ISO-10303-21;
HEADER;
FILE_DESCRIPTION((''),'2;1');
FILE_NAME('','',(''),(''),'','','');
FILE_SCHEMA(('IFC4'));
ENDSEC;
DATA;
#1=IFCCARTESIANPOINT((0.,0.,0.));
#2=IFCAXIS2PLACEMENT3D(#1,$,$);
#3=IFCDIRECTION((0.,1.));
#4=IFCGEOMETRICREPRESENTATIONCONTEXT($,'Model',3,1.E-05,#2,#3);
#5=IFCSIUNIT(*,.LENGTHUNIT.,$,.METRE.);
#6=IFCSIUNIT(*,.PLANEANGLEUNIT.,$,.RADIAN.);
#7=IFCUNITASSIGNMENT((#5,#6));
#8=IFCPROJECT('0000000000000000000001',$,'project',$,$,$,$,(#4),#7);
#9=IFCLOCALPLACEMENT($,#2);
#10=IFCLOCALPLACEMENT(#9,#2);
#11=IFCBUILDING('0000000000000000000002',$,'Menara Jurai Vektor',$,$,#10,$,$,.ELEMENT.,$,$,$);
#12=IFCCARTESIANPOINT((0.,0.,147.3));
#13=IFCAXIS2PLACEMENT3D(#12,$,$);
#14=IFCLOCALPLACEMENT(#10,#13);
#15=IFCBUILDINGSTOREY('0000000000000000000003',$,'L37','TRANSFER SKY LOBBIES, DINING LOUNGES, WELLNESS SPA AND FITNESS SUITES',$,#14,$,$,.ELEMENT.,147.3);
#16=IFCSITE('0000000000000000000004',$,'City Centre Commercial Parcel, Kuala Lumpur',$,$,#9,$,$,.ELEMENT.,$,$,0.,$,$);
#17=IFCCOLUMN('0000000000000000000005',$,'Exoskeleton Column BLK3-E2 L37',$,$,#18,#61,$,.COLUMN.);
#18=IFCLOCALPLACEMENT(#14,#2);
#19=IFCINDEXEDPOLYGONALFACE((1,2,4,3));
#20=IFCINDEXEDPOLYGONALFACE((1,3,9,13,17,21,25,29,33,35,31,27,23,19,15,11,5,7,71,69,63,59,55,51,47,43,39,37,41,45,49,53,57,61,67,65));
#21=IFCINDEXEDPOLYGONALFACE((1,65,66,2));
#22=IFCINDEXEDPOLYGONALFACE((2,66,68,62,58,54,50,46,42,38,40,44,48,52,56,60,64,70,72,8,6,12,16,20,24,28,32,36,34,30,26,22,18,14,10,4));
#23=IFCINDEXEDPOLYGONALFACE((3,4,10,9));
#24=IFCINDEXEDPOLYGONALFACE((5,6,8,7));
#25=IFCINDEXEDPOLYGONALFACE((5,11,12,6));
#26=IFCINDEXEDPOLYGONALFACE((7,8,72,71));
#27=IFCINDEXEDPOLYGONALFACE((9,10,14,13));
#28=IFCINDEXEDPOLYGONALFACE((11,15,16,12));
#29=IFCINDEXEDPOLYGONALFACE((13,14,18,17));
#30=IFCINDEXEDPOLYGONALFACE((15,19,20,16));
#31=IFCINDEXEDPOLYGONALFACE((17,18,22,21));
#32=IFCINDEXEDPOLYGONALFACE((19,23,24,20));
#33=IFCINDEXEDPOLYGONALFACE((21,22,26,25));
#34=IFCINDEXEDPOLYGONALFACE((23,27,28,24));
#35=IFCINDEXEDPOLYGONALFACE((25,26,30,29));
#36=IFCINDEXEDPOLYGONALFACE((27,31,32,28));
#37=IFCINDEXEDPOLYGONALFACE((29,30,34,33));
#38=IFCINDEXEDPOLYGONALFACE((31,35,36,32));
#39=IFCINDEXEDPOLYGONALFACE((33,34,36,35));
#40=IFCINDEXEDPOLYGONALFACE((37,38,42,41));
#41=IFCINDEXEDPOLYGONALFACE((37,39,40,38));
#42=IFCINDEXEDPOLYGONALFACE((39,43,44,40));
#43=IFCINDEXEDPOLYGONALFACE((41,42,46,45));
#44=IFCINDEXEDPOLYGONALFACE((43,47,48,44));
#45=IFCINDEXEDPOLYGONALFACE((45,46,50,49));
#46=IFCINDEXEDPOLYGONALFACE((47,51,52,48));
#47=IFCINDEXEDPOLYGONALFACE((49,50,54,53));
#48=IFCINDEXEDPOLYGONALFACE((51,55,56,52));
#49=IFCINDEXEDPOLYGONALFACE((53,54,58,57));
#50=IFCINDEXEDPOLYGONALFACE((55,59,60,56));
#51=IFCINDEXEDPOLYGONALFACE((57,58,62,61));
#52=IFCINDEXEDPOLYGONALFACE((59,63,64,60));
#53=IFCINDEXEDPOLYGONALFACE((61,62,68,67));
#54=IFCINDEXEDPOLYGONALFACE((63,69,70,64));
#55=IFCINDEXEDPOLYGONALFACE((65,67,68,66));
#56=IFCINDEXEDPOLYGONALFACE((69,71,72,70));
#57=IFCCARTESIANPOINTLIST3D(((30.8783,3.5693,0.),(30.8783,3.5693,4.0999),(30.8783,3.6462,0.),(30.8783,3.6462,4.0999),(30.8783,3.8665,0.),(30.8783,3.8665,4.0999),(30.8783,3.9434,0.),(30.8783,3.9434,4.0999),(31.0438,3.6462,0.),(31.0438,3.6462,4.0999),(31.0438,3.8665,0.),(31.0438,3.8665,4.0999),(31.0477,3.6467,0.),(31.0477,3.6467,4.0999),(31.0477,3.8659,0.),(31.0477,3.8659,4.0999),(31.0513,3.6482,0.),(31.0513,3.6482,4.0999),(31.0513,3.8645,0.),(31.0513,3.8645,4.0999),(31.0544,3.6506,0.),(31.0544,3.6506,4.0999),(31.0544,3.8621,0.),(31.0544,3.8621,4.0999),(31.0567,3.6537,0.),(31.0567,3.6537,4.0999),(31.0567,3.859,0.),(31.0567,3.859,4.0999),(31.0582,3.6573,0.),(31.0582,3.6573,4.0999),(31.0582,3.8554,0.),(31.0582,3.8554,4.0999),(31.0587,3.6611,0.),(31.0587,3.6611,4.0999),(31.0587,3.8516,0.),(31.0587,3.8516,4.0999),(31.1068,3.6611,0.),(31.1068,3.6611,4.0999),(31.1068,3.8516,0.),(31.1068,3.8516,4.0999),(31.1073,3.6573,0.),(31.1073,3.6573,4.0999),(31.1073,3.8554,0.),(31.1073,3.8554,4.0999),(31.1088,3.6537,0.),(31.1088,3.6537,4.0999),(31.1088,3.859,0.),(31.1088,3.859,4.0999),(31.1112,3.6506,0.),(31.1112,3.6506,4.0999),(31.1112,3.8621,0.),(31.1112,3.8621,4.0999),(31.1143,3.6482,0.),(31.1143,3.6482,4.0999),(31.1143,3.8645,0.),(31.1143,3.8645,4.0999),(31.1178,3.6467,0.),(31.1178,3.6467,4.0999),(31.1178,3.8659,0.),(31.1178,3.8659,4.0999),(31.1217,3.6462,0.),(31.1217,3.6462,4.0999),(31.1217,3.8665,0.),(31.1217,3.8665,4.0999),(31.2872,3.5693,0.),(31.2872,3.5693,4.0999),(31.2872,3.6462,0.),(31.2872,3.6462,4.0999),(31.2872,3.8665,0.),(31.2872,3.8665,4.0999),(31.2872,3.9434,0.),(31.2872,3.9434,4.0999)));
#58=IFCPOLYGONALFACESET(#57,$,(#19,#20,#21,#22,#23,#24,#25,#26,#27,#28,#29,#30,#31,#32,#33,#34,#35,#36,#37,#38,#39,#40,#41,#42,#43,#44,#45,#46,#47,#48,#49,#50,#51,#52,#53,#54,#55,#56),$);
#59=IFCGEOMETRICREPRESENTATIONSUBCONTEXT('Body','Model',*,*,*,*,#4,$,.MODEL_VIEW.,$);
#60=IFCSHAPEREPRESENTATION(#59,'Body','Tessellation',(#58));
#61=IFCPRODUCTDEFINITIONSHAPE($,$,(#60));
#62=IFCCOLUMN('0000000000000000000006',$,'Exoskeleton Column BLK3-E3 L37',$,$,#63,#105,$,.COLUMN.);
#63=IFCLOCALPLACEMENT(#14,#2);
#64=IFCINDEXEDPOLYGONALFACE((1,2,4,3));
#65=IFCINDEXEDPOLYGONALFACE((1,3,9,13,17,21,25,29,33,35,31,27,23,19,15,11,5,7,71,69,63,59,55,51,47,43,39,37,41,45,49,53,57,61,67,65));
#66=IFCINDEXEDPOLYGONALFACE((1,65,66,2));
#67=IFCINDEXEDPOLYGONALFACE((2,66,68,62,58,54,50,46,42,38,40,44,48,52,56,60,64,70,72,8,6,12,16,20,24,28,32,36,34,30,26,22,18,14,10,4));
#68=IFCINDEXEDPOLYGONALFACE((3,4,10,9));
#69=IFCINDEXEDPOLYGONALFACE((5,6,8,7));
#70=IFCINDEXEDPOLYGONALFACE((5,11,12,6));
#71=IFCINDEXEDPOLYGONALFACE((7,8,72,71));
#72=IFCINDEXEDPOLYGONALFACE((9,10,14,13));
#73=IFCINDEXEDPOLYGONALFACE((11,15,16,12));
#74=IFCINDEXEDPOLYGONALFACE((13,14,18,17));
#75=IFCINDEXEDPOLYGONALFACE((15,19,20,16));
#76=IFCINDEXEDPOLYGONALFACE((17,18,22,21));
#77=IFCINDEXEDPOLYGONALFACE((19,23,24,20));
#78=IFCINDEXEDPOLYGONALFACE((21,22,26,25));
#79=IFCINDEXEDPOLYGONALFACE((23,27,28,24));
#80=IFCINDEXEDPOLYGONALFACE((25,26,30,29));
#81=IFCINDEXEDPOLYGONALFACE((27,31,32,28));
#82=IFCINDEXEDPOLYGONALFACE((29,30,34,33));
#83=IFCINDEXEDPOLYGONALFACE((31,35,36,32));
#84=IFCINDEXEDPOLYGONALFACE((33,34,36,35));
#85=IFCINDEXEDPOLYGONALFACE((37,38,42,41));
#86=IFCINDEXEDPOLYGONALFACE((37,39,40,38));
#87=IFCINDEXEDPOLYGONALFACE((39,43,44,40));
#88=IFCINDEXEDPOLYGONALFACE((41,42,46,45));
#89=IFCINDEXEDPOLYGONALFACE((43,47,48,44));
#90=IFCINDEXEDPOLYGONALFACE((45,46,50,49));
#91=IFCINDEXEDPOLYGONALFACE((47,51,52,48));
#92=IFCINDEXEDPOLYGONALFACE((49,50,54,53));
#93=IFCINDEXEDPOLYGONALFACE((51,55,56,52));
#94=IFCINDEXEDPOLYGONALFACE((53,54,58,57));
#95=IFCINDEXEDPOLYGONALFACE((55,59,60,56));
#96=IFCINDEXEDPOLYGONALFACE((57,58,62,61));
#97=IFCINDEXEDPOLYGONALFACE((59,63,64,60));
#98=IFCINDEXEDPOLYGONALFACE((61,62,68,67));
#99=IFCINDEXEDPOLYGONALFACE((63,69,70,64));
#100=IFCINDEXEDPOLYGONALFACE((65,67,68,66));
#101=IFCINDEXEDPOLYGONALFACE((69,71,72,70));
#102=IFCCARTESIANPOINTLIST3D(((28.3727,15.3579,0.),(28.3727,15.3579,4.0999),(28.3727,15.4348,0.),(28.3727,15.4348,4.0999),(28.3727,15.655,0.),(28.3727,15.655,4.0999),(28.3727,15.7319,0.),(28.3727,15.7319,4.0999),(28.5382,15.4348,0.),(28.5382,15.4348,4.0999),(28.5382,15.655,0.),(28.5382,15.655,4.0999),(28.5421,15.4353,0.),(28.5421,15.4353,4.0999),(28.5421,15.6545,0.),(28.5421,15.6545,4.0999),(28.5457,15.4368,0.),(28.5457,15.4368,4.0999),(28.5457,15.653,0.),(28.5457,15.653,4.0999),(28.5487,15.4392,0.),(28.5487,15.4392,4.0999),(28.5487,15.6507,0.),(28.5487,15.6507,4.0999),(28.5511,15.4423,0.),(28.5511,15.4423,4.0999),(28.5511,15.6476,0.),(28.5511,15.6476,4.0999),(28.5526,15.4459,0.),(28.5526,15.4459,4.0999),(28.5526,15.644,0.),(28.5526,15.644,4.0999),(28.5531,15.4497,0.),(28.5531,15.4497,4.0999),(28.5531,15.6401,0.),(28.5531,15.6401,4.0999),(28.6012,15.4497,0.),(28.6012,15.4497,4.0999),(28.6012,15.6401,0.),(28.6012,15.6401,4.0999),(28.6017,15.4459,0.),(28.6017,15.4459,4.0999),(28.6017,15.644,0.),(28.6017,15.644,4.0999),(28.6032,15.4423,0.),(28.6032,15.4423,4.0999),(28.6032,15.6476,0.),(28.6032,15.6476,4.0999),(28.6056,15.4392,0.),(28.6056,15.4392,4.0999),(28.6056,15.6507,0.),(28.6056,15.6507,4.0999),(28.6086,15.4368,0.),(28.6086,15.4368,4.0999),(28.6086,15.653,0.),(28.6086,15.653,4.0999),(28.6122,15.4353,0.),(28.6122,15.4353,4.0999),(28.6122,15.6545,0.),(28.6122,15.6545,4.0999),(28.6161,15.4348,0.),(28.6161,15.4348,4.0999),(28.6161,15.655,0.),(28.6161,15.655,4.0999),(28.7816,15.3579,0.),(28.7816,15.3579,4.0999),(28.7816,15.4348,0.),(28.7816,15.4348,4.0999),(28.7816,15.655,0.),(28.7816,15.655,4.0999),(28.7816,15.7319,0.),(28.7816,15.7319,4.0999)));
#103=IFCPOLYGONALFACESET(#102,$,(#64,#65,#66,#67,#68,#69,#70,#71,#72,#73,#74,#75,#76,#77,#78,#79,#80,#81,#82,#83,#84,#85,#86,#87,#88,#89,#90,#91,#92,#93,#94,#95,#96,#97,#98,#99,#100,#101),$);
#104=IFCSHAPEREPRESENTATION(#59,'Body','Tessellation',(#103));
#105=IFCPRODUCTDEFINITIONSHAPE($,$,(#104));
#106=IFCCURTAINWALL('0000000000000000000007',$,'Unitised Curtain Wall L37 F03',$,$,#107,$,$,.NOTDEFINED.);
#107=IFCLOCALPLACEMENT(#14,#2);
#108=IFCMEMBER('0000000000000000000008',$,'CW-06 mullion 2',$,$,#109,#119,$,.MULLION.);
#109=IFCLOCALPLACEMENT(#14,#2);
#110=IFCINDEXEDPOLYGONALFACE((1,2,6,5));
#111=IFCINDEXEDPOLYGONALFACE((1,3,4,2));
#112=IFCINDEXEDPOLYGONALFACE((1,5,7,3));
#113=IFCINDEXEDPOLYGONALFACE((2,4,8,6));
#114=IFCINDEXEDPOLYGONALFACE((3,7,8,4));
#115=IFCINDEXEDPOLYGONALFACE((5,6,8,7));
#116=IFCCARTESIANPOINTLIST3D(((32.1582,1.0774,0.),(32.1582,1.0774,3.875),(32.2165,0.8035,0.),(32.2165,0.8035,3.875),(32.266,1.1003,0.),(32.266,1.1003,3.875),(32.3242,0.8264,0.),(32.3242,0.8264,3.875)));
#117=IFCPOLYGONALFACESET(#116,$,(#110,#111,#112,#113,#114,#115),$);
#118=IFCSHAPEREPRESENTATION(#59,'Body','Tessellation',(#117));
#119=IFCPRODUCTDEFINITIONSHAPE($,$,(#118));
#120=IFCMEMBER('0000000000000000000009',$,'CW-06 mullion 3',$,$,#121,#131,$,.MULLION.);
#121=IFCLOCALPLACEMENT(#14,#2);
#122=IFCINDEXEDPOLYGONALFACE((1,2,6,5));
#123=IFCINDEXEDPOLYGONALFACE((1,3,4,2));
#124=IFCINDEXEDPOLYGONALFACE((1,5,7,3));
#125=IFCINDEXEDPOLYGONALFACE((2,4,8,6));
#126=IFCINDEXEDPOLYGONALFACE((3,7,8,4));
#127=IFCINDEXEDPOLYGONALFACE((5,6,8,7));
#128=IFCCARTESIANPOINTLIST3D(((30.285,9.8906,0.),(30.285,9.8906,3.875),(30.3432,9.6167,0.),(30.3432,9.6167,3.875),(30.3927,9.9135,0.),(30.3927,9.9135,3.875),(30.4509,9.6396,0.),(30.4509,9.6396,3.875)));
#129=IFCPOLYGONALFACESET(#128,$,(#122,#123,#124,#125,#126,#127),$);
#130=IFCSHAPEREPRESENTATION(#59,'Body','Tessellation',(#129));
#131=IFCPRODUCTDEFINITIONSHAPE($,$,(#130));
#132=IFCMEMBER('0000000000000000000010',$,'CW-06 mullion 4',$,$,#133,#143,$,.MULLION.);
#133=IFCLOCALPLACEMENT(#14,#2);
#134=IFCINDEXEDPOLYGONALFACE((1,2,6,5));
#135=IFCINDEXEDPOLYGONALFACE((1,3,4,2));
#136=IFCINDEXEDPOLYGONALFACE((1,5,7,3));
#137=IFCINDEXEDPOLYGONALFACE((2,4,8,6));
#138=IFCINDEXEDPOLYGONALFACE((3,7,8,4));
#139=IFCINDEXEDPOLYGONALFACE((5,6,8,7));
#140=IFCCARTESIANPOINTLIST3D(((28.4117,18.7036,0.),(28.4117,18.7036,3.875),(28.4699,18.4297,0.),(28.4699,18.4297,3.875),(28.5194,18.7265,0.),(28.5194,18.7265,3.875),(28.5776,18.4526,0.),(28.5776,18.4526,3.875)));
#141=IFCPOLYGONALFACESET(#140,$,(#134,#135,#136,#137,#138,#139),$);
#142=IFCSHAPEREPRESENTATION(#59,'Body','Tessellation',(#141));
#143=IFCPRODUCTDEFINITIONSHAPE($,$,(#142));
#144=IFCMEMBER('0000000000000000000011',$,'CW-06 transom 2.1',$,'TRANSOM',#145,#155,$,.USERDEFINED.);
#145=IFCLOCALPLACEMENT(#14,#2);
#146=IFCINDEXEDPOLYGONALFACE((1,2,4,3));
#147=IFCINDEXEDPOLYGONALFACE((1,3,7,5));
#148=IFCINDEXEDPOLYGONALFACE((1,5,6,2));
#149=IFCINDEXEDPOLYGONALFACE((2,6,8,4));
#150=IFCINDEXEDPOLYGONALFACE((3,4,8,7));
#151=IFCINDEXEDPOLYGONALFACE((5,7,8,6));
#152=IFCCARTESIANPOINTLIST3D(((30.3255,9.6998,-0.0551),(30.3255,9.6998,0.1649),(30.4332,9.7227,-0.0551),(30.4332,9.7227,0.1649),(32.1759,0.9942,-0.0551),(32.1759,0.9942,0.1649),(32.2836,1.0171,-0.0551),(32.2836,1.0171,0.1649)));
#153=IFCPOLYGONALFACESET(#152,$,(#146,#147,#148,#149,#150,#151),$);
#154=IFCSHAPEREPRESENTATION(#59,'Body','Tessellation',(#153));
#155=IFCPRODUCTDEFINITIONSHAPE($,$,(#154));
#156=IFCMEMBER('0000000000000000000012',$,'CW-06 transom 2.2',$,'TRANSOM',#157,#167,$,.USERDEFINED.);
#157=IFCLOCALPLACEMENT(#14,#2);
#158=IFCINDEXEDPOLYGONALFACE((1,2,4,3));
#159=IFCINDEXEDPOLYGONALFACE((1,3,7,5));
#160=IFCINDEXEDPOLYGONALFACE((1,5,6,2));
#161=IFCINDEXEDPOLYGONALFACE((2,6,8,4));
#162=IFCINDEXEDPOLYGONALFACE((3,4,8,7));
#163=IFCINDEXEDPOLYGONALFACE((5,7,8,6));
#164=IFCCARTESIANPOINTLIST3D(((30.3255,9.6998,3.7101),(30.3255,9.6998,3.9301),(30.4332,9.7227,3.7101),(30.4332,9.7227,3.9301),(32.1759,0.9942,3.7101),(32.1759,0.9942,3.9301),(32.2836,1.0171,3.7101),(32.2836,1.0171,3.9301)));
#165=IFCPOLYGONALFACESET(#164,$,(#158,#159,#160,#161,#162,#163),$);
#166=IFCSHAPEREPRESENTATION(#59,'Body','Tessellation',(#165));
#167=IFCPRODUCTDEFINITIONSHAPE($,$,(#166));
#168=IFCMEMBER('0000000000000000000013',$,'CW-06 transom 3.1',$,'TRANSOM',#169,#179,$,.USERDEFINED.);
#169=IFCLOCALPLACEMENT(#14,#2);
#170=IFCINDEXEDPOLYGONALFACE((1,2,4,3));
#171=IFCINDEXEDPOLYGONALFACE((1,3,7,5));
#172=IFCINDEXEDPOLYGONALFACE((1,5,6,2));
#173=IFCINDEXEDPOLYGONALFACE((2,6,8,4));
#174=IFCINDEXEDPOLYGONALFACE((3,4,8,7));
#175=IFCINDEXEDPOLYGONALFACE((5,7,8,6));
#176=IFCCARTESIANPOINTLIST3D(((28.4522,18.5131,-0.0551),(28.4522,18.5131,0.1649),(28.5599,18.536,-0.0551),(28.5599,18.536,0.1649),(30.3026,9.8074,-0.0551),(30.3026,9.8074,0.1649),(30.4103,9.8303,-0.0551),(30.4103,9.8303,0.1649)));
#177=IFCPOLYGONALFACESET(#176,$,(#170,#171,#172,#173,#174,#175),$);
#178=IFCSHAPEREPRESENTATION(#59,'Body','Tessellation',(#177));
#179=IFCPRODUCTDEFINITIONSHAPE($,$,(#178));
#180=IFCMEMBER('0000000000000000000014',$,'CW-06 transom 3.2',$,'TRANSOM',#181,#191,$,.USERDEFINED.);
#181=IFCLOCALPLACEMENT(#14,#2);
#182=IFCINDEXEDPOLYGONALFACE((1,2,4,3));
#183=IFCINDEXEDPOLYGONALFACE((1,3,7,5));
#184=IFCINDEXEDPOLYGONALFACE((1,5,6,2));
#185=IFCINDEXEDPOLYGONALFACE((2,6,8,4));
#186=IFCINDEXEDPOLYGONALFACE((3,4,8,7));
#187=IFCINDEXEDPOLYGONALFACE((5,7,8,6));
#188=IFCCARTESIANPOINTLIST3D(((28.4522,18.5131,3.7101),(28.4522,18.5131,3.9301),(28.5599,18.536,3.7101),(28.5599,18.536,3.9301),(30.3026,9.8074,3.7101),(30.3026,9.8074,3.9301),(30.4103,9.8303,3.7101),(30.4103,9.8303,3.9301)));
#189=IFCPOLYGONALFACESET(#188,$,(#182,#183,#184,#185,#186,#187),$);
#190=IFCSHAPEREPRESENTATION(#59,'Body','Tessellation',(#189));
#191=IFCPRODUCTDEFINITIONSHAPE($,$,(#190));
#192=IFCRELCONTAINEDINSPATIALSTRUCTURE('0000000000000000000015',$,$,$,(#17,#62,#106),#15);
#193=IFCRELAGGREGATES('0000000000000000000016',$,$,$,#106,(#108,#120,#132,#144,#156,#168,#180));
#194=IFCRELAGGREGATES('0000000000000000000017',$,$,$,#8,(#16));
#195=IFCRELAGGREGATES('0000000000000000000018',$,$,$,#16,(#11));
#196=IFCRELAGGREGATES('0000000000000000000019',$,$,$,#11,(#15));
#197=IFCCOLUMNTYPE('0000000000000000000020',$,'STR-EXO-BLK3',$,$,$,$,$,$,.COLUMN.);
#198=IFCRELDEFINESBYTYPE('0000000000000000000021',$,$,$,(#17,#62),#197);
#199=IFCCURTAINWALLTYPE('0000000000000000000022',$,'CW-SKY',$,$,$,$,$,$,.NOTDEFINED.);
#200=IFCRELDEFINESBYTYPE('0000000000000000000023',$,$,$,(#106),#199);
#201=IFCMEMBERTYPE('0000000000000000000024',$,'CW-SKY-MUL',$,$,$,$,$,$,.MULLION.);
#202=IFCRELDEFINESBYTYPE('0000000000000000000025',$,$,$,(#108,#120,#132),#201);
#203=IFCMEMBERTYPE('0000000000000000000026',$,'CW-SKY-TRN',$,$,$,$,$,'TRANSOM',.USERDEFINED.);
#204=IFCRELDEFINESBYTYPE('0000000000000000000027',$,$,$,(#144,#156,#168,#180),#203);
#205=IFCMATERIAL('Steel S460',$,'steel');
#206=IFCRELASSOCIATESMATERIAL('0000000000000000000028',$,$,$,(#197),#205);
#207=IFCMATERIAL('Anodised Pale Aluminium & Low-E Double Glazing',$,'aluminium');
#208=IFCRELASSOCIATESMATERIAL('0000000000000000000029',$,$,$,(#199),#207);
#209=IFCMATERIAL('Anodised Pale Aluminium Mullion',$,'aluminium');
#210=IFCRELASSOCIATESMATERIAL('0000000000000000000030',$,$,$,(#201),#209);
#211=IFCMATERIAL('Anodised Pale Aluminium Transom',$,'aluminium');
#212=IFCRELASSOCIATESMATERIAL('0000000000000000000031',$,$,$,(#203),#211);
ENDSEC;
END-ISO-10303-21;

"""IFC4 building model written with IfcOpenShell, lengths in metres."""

from ifc_helpers import new_model, si_unit, direction, frame, origin, origin_2d, place, context, subcontext, project, spatial, rectangle, i_section, extrude, material, material_profile, profile_set, type_object, element, aggregate, save


model = new_model("IFC4")

# Units and contexts
model_context = context("Model", 3, precision=1e-05, world=origin(), true_north=direction((0.0, 1.0)))
body_context = subcontext(model_context, "Body", "Model", "MODEL_VIEW")
ifc_project = project(units=[si_unit("LENGTHUNIT", "METRE"), si_unit("PLANEANGLEUNIT", "RADIAN")], contexts=[model_context])

# Site, building, storey
site_placement = place(None, origin())
site = spatial("IfcSite", under=ifc_project, at=site_placement, Name="City Centre Commercial Parcel, Kuala Lumpur", CompositionType="ELEMENT", RefElevation=0.0)
building_placement = place(site_placement, origin())
building = spatial("IfcBuilding", under=site, at=building_placement, Name="Menara Jurai Vektor", CompositionType="ELEMENT")
storey_placement = place(building_placement, frame((0.0, 0.0, 147.3)))
storey = spatial("IfcBuildingStorey", under=building, at=storey_placement, Name="L37", Description="TRANSFER SKY LOBBIES, DINING LOUNGES, WELLNESS SPA AND FITNESS SUITES", CompositionType="ELEMENT", Elevation=147.3)

# Columns
ifc_material_1 = material(Name="Steel S460", Category="steel")
ifc_material_profile_1 = material_profile(ifc_material_1, i_section(OverallWidth=0.4089, OverallDepth=0.374, WebThickness=0.0481, FlangeThickness=0.0769, FilletRadius=0.0149, at=origin_2d()), Name="HD 400x634")
ifc_profile_set_1 = profile_set([ifc_material_profile_1], Name="Steel S460")
column_type = type_object("IfcColumnType", Name="STR-EXO-BLK3", PredefinedType="COLUMN", material=ifc_profile_set_1)
for number, where, z_axis, x_axis, name in (
    (1, (31.0828, 3.7563, 0.0), (0.0, 0.0, 1.0), (1.0, 0.0, 0.0), "Exoskeleton Column BLK3-E2 L37"),
    (2, (28.5771, 15.5449, 0.0), (0.0, 0.0, 1.0), (1.0, 0.0, 0.0), "Exoskeleton Column BLK3-E3 L37"),
):
    element("IfcColumn", number, at=place(storey_placement, frame(where, z_axis=z_axis, x_axis=x_axis)), inside=storey, type_object=column_type, Name=name, PredefinedType="COLUMN", context=body_context, shape_type="SweptSolid", body=[
        extrude(i_section(OverallWidth=0.4089, OverallDepth=0.374, WebThickness=0.0481, FlangeThickness=0.0769, FilletRadius=0.0149, at=origin_2d()), origin(), (0.0, 0.0, 1.0), 4.0999),
    ])

# Curtain wall, members
ifc_material_2 = material(Name="Anodised Pale Aluminium & Low-E Double Glazing", Category="aluminium")
curtain_wall_type = type_object("IfcCurtainWallType", Name="CW-SKY", PredefinedType="NOTDEFINED", material=ifc_material_2)
curtain_wall_placement = place(storey_placement, origin())
curtain_wall = element("IfcCurtainWall", 3, at=curtain_wall_placement, inside=storey, type_object=curtain_wall_type, Name="Unitised Curtain Wall L37 F03", PredefinedType="NOTDEFINED")
ifc_material_3 = material(Name="Anodised Pale Aluminium Mullion", Category="aluminium")
ifc_material_profile_2 = material_profile(ifc_material_3, rectangle(XDim=0.1101, YDim=0.28, at=origin_2d()), Name="ALU MUL 110x280")
ifc_profile_set_2 = profile_set([ifc_material_profile_2], Name="Anodised Pale Aluminium Mullion")
member_type_1 = type_object("IfcMemberType", Name="CW-SKY-MUL", PredefinedType="MULLION", material=ifc_profile_set_2)
member_1_placement = place(storey_placement, frame((32.2412, 0.9519, 0.0), z_axis=(0.0, 0.0, 1.0), x_axis=(-0.978148, -0.20791, 0.0)))
member_1 = element("IfcMember", 4, at=member_1_placement, type_object=member_type_1, Name="CW-06 mullion 2", PredefinedType="MULLION", context=body_context, shape_type="SweptSolid", body=[
    extrude(rectangle(XDim=0.1101, YDim=0.28, at=origin_2d()), origin(), (0.0, 0.0, 1.0), 3.875),
])
member_2_placement = place(storey_placement, frame((30.3679, 9.7651, 0.0), z_axis=(0.0, 0.0, 1.0), x_axis=(-0.978148, -0.20791, 0.0)))
member_2 = element("IfcMember", 5, at=member_2_placement, type_object=member_type_1, Name="CW-06 mullion 3", PredefinedType="MULLION", context=body_context, shape_type="SweptSolid", body=[
    extrude(rectangle(XDim=0.1101, YDim=0.28, at=origin_2d()), origin(), (0.0, 0.0, 1.0), 3.875),
])
member_3_placement = place(storey_placement, frame((28.4946, 18.5781, 0.0), z_axis=(0.0, 0.0, 1.0), x_axis=(-0.978148, -0.20791, 0.0)))
member_3 = element("IfcMember", 6, at=member_3_placement, type_object=member_type_1, Name="CW-06 mullion 4", PredefinedType="MULLION", context=body_context, shape_type="SweptSolid", body=[
    extrude(rectangle(XDim=0.1101, YDim=0.28, at=origin_2d()), origin(), (0.0, 0.0, 1.0), 3.875),
])
ifc_material_4 = material(Name="Anodised Pale Aluminium Transom", Category="aluminium")
ifc_material_profile_3 = material_profile(ifc_material_4, rectangle(XDim=0.1101, YDim=0.22, at=origin_2d()), Name="ALU TRN 110x220")
ifc_profile_set_3 = profile_set([ifc_material_profile_3], Name="Anodised Pale Aluminium Transom")
member_type_2 = type_object("IfcMemberType", Name="CW-SKY-TRN", ElementType="TRANSOM", PredefinedType="USERDEFINED", material=ifc_profile_set_3)
member_4_placement = place(storey_placement, frame((32.2297, 1.0056, 0.0549), z_axis=(-0.207903, 0.97815, 0.0), x_axis=(-0.97815, -0.207903, 0.0)))
member_4 = element("IfcMember", 7, at=member_4_placement, type_object=member_type_2, Name="CW-06 transom 2.1", ObjectType="TRANSOM", PredefinedType="USERDEFINED", context=body_context, shape_type="SweptSolid", body=[
    extrude(rectangle(XDim=0.1101, YDim=0.22, at=origin_2d()), origin(), (0.0, 0.0, 1.0), 8.9001),
])
member_5_placement = place(storey_placement, frame((32.2297, 1.0056, 3.8201), z_axis=(-0.207903, 0.97815, 0.0), x_axis=(-0.97815, -0.207903, 0.0)))
member_5 = element("IfcMember", 8, at=member_5_placement, type_object=member_type_2, Name="CW-06 transom 2.2", ObjectType="TRANSOM", PredefinedType="USERDEFINED", context=body_context, shape_type="SweptSolid", body=[
    extrude(rectangle(XDim=0.1101, YDim=0.22, at=origin_2d()), origin(), (0.0, 0.0, 1.0), 8.9001),
])
member_6_placement = place(storey_placement, frame((30.3564, 9.8188, 0.0549), z_axis=(-0.207903, 0.97815, 0.0), x_axis=(-0.97815, -0.207903, 0.0)))
member_6 = element("IfcMember", 9, at=member_6_placement, type_object=member_type_2, Name="CW-06 transom 3.1", ObjectType="TRANSOM", PredefinedType="USERDEFINED", context=body_context, shape_type="SweptSolid", body=[
    extrude(rectangle(XDim=0.1101, YDim=0.22, at=origin_2d()), origin(), (0.0, 0.0, 1.0), 8.9001),
])
member_7_placement = place(storey_placement, frame((30.3564, 9.8188, 3.8201), z_axis=(-0.207903, 0.97815, 0.0), x_axis=(-0.97815, -0.207903, 0.0)))
member_7 = element("IfcMember", 10, at=member_7_placement, type_object=member_type_2, Name="CW-06 transom 3.2", ObjectType="TRANSOM", PredefinedType="USERDEFINED", context=body_context, shape_type="SweptSolid", body=[
    extrude(rectangle(XDim=0.1101, YDim=0.22, at=origin_2d()), origin(), (0.0, 0.0, 1.0), 8.9001),
])

aggregate(curtain_wall, [member_1, member_2, member_3, member_4, member_5, member_6, member_7])

save(model, "model.ifc")
